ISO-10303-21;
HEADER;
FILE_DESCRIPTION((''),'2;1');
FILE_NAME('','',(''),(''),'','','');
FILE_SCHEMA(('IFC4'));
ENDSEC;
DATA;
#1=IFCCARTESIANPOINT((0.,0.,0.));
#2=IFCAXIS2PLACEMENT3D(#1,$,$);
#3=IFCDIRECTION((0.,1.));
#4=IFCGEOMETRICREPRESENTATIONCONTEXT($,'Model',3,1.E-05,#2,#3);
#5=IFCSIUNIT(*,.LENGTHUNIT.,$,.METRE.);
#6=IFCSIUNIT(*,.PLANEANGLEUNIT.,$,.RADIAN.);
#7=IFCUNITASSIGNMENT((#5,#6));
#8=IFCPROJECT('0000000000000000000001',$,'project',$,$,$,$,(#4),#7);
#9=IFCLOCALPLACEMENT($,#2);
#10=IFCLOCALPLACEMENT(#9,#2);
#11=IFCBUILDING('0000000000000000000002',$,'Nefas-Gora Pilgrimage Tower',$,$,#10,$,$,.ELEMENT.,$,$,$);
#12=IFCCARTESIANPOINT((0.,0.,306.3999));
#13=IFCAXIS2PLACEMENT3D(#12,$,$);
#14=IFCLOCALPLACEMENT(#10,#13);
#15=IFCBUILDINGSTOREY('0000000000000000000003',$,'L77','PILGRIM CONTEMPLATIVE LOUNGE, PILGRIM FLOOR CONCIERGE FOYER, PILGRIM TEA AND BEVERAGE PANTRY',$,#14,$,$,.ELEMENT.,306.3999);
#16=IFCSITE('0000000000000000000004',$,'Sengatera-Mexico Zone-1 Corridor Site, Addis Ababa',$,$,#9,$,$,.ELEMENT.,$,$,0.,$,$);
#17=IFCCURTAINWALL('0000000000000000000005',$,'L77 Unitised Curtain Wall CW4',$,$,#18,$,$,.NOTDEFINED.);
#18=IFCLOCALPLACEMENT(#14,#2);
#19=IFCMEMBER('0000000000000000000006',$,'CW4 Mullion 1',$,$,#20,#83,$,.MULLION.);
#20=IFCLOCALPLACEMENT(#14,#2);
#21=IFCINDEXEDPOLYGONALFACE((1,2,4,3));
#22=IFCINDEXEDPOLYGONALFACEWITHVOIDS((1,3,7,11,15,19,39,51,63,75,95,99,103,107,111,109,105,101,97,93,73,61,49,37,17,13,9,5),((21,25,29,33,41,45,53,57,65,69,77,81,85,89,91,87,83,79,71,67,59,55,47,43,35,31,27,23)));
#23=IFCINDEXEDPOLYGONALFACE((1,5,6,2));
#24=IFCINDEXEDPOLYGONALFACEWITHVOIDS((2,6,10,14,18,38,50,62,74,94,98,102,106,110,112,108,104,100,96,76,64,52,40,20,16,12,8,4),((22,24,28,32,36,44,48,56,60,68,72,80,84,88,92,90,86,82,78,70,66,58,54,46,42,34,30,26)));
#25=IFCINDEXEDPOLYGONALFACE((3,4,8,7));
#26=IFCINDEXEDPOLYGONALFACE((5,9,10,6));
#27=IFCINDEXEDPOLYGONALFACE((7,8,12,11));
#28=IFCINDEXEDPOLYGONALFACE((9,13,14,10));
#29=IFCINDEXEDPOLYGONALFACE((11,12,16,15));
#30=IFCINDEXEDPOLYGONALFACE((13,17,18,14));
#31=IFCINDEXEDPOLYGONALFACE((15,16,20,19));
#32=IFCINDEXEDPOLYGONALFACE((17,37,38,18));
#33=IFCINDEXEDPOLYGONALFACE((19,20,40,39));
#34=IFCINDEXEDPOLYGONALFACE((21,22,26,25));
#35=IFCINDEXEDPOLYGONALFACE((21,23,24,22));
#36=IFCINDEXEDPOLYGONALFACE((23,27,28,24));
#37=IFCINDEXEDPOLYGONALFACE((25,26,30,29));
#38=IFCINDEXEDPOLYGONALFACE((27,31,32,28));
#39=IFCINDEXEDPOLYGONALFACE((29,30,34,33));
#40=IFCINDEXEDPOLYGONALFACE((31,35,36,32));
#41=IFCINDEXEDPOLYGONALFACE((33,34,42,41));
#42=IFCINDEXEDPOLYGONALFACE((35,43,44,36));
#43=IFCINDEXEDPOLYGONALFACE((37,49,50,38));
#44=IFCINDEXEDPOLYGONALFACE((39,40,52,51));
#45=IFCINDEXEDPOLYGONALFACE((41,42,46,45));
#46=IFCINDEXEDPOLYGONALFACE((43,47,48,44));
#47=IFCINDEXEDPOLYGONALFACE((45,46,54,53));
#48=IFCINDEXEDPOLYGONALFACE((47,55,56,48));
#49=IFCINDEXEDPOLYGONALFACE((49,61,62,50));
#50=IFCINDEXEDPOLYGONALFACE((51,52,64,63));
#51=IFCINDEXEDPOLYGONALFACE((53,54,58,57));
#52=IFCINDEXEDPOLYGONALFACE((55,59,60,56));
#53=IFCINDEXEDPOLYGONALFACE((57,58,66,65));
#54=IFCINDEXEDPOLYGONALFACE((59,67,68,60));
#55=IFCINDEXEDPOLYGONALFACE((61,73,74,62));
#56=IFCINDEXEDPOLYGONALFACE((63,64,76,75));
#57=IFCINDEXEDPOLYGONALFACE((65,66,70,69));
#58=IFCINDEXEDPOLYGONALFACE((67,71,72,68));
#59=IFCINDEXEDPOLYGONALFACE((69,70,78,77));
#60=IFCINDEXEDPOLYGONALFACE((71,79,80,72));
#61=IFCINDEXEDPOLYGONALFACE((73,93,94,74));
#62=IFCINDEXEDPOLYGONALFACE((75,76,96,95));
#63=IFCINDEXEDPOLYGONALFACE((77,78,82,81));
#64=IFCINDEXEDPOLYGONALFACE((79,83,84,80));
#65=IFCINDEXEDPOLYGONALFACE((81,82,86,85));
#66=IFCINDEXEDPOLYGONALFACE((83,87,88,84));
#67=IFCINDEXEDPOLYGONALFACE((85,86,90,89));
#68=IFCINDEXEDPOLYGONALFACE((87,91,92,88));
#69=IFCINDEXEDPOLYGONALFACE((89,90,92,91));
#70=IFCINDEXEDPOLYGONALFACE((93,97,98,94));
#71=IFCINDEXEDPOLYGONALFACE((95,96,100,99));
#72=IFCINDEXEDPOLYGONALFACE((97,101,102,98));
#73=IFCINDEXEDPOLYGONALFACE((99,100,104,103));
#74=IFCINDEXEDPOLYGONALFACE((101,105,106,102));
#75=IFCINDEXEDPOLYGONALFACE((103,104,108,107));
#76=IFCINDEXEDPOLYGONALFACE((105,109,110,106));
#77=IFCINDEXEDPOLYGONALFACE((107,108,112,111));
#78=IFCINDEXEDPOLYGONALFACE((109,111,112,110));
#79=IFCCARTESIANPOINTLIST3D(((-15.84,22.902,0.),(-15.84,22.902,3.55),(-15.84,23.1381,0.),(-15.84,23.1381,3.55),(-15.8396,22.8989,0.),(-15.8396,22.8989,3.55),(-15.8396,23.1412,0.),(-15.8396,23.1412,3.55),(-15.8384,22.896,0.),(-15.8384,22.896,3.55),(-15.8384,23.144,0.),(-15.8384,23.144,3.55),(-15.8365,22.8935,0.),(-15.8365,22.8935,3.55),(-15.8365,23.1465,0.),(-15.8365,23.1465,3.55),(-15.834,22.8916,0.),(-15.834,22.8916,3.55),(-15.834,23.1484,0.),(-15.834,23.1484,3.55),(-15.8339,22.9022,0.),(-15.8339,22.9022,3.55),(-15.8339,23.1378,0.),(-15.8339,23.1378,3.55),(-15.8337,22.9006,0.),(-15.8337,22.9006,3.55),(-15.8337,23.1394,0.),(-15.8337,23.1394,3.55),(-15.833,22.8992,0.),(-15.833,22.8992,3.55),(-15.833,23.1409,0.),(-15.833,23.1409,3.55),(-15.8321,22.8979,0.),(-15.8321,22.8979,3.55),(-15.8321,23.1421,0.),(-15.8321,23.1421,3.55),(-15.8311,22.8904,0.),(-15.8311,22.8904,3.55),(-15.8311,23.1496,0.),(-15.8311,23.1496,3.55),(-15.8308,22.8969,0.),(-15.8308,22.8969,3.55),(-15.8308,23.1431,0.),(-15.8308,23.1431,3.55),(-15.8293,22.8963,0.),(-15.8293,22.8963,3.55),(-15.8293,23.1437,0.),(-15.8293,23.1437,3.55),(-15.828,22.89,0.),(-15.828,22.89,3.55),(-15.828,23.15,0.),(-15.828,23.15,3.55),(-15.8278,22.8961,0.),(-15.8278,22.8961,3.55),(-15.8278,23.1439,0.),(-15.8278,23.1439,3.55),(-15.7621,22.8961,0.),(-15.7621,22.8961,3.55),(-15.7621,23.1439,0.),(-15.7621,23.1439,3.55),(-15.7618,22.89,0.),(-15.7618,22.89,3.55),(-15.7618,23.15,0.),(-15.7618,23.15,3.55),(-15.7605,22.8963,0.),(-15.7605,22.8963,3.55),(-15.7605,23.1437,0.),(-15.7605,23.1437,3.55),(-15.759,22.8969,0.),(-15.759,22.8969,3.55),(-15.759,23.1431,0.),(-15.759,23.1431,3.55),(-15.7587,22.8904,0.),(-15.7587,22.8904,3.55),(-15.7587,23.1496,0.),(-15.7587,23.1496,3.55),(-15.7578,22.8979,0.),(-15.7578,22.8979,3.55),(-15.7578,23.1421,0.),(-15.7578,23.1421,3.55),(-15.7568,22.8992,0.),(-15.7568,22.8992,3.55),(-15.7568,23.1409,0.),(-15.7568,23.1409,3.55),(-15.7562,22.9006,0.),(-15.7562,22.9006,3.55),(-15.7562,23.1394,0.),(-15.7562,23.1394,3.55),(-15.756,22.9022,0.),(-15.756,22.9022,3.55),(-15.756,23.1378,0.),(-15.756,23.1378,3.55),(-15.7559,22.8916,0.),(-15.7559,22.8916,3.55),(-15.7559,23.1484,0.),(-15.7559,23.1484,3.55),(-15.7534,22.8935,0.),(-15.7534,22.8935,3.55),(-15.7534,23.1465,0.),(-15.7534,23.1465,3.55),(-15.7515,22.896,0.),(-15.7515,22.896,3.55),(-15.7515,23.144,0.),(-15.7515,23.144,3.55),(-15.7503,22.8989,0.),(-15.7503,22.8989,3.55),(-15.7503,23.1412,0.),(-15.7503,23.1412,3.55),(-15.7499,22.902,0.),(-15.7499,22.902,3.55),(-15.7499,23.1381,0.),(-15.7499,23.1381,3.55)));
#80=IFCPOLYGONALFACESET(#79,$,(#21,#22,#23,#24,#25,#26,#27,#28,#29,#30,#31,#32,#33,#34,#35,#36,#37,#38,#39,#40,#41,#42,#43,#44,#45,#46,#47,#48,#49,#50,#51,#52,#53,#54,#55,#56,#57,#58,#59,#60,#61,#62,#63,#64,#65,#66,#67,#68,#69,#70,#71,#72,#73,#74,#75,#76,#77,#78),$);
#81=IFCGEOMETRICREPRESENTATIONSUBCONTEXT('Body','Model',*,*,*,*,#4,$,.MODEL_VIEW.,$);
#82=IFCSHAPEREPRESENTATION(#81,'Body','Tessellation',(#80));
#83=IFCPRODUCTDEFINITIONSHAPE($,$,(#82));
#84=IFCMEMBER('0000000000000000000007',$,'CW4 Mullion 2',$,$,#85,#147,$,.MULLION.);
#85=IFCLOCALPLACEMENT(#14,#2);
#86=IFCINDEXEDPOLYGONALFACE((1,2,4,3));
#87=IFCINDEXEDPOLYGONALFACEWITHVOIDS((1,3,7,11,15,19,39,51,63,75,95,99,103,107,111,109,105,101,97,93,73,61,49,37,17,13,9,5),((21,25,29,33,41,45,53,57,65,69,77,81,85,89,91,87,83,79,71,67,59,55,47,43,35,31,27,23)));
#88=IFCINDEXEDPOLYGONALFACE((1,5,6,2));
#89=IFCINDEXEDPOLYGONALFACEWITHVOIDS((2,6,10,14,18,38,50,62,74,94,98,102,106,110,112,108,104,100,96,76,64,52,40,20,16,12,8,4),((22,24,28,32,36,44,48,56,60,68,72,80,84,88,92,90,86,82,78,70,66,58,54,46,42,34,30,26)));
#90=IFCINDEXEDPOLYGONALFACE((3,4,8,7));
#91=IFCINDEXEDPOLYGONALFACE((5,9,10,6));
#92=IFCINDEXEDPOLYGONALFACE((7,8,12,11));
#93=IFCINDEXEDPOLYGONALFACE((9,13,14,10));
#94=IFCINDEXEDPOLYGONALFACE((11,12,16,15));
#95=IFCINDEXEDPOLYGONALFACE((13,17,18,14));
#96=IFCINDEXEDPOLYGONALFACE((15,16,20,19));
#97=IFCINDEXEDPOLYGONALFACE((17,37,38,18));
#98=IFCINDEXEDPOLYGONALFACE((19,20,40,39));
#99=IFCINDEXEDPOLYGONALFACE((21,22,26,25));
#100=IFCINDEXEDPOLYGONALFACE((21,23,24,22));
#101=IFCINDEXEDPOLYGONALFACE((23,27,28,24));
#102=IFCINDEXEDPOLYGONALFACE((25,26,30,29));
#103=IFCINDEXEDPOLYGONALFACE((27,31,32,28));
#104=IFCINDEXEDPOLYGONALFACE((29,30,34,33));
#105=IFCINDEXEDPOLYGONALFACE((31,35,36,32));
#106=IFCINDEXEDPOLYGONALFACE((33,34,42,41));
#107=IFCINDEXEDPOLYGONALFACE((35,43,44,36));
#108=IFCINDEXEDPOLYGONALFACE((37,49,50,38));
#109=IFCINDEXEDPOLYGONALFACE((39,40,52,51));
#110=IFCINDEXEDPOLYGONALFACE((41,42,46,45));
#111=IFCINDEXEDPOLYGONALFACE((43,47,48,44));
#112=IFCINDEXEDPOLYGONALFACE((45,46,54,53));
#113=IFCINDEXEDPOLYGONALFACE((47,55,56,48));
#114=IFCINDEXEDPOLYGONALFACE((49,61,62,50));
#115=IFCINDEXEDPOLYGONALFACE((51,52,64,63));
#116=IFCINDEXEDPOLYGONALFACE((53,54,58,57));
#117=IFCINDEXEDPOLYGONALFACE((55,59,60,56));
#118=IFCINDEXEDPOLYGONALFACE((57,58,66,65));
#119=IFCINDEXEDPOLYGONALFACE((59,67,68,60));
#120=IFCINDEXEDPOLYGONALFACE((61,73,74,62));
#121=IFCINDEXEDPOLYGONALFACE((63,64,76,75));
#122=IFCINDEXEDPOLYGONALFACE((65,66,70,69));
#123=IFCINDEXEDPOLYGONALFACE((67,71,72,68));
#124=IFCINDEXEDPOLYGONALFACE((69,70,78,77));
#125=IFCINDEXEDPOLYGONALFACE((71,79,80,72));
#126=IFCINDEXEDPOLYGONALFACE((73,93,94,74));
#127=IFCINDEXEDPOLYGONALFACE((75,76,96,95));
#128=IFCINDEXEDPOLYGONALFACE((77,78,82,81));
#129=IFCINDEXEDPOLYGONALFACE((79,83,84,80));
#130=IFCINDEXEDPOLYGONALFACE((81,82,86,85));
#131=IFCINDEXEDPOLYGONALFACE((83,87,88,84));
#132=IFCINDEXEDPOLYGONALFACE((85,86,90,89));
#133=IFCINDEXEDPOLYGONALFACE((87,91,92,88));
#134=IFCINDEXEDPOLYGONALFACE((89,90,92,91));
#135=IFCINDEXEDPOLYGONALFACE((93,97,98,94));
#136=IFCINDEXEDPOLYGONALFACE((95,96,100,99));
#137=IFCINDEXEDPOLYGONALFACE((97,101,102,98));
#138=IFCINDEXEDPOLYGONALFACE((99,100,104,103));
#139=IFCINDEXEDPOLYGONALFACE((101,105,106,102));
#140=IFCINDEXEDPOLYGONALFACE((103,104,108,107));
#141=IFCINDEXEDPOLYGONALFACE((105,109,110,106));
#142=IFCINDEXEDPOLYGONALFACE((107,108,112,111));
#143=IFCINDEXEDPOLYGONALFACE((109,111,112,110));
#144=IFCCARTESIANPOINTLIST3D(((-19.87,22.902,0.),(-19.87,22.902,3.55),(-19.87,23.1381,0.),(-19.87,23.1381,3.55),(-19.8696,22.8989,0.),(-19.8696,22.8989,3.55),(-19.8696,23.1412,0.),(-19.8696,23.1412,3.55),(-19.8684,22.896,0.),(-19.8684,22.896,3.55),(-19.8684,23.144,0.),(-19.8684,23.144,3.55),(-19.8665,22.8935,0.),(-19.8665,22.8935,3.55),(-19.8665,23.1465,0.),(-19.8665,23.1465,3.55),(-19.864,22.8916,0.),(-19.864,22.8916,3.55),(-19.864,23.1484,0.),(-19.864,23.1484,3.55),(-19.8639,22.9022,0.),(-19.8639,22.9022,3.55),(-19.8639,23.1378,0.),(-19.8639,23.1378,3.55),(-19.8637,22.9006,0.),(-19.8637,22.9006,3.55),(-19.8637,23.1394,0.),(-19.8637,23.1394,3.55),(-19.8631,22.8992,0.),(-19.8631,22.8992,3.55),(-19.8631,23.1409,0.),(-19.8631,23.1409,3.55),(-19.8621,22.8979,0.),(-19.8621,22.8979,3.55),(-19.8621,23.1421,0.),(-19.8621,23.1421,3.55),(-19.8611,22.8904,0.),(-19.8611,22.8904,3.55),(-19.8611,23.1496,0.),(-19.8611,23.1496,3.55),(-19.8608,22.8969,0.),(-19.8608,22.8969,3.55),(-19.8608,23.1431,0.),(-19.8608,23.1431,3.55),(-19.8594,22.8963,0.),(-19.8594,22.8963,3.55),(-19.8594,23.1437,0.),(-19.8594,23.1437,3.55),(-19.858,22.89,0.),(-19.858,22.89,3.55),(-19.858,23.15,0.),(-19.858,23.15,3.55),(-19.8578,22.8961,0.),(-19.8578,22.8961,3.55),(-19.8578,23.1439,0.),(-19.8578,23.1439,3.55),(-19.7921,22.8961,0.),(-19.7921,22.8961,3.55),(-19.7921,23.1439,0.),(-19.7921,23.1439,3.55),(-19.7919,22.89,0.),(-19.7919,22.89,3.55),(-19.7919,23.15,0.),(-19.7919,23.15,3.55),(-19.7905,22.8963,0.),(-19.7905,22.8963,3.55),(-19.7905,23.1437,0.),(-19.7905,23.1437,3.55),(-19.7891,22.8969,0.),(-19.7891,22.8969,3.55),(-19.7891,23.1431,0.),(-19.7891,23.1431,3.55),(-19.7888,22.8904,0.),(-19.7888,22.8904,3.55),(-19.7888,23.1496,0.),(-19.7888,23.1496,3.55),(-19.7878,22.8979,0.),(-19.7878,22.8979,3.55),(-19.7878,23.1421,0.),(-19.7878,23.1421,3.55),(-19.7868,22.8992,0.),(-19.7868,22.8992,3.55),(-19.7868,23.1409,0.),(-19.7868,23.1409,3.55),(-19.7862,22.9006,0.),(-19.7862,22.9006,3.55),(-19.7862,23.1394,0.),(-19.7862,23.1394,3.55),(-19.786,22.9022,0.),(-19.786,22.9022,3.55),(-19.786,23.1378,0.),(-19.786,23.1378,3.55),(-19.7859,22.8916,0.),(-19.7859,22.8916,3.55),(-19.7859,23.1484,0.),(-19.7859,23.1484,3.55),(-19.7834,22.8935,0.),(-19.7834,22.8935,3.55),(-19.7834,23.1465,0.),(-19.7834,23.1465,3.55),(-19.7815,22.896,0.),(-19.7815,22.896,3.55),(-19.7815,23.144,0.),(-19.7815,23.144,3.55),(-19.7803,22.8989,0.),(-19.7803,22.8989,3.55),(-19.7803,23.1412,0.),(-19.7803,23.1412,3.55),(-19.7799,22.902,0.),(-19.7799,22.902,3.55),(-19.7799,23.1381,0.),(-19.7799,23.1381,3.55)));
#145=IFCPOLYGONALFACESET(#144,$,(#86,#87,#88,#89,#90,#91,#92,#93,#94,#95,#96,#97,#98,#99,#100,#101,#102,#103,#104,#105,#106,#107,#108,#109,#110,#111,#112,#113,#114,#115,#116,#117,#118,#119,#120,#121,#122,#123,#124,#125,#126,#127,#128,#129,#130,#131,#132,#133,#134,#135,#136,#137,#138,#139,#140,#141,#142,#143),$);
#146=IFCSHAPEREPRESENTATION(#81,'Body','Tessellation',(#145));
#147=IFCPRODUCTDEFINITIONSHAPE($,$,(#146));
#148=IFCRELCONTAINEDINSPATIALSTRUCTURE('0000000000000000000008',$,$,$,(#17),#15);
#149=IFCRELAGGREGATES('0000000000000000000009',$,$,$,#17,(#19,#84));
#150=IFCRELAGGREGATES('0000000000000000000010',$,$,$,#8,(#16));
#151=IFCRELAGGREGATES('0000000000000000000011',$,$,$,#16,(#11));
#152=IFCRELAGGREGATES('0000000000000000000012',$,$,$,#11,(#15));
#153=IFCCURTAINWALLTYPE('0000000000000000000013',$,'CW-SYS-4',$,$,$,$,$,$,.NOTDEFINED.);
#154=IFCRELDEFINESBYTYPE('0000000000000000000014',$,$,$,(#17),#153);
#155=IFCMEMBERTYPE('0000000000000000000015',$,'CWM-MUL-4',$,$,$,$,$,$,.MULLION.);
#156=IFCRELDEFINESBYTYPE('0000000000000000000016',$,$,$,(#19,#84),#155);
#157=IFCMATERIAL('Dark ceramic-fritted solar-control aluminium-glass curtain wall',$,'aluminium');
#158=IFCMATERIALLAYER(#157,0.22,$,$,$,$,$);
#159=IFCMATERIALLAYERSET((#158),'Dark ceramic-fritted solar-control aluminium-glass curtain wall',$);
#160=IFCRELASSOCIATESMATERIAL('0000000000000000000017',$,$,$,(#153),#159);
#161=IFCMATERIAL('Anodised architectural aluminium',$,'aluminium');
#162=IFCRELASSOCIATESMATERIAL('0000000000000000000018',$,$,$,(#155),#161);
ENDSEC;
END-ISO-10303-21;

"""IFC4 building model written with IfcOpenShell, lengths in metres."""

from ifc_helpers import new_model, si_unit, direction, frame, origin, origin_2d, place, context, subcontext, project, spatial, hollow_rectangle, extrude, source, transform, mapped, material, layer, layer_set, material_profile, profile_set, type_object, element, aggregate, save


model = new_model("IFC4")

# Units and contexts
model_context = context("Model", 3, precision=1e-05, world=origin(), true_north=direction((0.0, 1.0)))
body_context = subcontext(model_context, "Body", "Model", "MODEL_VIEW")
ifc_project = project(units=[si_unit("LENGTHUNIT", "METRE"), si_unit("PLANEANGLEUNIT", "RADIAN")], contexts=[model_context])

# Site, building, storey
site_placement = place(None, origin())
site = spatial("IfcSite", under=ifc_project, at=site_placement, Name="Sengatera-Mexico Zone-1 Corridor Site, Addis Ababa", CompositionType="ELEMENT", RefElevation=0.0)
building_placement = place(site_placement, origin())
building = spatial("IfcBuilding", under=site, at=building_placement, Name="Nefas-Gora Pilgrimage Tower", CompositionType="ELEMENT")
storey_placement = place(building_placement, frame((0.0, 0.0, 306.3999)))
storey = spatial("IfcBuildingStorey", under=building, at=storey_placement, Name="L77", Description="PILGRIM CONTEMPLATIVE LOUNGE, PILGRIM FLOOR CONCIERGE FOYER, PILGRIM TEA AND BEVERAGE PANTRY", CompositionType="ELEMENT", Elevation=306.3999)

# Shared definitions
ifc_material_1 = material(Name="Dark ceramic-fritted solar-control aluminium-glass curtain wall", Category="aluminium")
ifc_material_2 = material(Name="Anodised architectural aluminium", Category="aluminium")

# Curtain wall, members
ifc_layer_1 = layer(ifc_material_1, 0.22)
ifc_layer_set_1 = layer_set([ifc_layer_1], Name="Dark ceramic-fritted solar-control aluminium-glass curtain wall")
curtain_wall_type_1 = type_object("IfcCurtainWallType", Name="CW-SYS-4", PredefinedType="NOTDEFINED", material=ifc_layer_set_1)
curtain_wall_1_placement = place(storey_placement, origin())
curtain_wall_1 = element("IfcCurtainWall", 1, at=curtain_wall_1_placement, inside=storey, type_object=curtain_wall_type_1, Name="L77 Unitised Curtain Wall CW4", PredefinedType="NOTDEFINED")
ifc_material_profile_1 = material_profile(ifc_material_2, hollow_rectangle(XDim=0.0901, YDim=0.26, WallThickness=0.0061, InnerFilletRadius=0.0061, OuterFilletRadius=0.012, at=origin_2d()), Name="ALU MULLION 90x260")
ifc_profile_set_1 = profile_set([ifc_material_profile_1], Name="Anodised architectural aluminium")
member_type_1 = type_object("IfcMemberType", Name="CWM-MUL-4", PredefinedType="MULLION", material=ifc_profile_set_1)
shared_shape_1 = source(origin(), body_context, "Body", "SweptSolid", [
    extrude(hollow_rectangle(XDim=0.0901, YDim=0.26, WallThickness=0.0061, InnerFilletRadius=0.0061, OuterFilletRadius=0.012, at=origin_2d()), origin(), (0.0, 0.0, 1.0), 3.55),
])
member_1_placement = place(storey_placement, frame((-15.7949, 23.02, 0.0), z_axis=(0.0, 0.0, 1.0), x_axis=(-1.0, 0.0, 0.0)))
member_1 = element("IfcMember", 2, at=member_1_placement, type_object=member_type_1, Name="CW4 Mullion 1", PredefinedType="MULLION", context=body_context, shape_type="MappedRepresentation", body=[
    mapped(shared_shape_1, transform((0.0, 0.0, 0.0), x_axis=(1.0, 0.0, 0.0), y_axis=(0.0, 1.0, 0.0), z_axis=(0.0, 0.0, 1.0), scale=1.0)),
])
member_2_placement = place(storey_placement, frame((-19.825, 23.02, 0.0), z_axis=(0.0, 0.0, 1.0), x_axis=(-1.0, 0.0, 0.0)))
member_2 = element("IfcMember", 3, at=member_2_placement, type_object=member_type_1, Name="CW4 Mullion 2", PredefinedType="MULLION", context=body_context, shape_type="MappedRepresentation", body=[
    mapped(shared_shape_1, transform((0.0, 0.0, 0.0), x_axis=(1.0, 0.0, 0.0), y_axis=(0.0, 1.0, 0.0), z_axis=(0.0, 0.0, 1.0), scale=1.0)),
])

aggregate(curtain_wall_1, [member_1, member_2])

save(model, "model.ifc")
